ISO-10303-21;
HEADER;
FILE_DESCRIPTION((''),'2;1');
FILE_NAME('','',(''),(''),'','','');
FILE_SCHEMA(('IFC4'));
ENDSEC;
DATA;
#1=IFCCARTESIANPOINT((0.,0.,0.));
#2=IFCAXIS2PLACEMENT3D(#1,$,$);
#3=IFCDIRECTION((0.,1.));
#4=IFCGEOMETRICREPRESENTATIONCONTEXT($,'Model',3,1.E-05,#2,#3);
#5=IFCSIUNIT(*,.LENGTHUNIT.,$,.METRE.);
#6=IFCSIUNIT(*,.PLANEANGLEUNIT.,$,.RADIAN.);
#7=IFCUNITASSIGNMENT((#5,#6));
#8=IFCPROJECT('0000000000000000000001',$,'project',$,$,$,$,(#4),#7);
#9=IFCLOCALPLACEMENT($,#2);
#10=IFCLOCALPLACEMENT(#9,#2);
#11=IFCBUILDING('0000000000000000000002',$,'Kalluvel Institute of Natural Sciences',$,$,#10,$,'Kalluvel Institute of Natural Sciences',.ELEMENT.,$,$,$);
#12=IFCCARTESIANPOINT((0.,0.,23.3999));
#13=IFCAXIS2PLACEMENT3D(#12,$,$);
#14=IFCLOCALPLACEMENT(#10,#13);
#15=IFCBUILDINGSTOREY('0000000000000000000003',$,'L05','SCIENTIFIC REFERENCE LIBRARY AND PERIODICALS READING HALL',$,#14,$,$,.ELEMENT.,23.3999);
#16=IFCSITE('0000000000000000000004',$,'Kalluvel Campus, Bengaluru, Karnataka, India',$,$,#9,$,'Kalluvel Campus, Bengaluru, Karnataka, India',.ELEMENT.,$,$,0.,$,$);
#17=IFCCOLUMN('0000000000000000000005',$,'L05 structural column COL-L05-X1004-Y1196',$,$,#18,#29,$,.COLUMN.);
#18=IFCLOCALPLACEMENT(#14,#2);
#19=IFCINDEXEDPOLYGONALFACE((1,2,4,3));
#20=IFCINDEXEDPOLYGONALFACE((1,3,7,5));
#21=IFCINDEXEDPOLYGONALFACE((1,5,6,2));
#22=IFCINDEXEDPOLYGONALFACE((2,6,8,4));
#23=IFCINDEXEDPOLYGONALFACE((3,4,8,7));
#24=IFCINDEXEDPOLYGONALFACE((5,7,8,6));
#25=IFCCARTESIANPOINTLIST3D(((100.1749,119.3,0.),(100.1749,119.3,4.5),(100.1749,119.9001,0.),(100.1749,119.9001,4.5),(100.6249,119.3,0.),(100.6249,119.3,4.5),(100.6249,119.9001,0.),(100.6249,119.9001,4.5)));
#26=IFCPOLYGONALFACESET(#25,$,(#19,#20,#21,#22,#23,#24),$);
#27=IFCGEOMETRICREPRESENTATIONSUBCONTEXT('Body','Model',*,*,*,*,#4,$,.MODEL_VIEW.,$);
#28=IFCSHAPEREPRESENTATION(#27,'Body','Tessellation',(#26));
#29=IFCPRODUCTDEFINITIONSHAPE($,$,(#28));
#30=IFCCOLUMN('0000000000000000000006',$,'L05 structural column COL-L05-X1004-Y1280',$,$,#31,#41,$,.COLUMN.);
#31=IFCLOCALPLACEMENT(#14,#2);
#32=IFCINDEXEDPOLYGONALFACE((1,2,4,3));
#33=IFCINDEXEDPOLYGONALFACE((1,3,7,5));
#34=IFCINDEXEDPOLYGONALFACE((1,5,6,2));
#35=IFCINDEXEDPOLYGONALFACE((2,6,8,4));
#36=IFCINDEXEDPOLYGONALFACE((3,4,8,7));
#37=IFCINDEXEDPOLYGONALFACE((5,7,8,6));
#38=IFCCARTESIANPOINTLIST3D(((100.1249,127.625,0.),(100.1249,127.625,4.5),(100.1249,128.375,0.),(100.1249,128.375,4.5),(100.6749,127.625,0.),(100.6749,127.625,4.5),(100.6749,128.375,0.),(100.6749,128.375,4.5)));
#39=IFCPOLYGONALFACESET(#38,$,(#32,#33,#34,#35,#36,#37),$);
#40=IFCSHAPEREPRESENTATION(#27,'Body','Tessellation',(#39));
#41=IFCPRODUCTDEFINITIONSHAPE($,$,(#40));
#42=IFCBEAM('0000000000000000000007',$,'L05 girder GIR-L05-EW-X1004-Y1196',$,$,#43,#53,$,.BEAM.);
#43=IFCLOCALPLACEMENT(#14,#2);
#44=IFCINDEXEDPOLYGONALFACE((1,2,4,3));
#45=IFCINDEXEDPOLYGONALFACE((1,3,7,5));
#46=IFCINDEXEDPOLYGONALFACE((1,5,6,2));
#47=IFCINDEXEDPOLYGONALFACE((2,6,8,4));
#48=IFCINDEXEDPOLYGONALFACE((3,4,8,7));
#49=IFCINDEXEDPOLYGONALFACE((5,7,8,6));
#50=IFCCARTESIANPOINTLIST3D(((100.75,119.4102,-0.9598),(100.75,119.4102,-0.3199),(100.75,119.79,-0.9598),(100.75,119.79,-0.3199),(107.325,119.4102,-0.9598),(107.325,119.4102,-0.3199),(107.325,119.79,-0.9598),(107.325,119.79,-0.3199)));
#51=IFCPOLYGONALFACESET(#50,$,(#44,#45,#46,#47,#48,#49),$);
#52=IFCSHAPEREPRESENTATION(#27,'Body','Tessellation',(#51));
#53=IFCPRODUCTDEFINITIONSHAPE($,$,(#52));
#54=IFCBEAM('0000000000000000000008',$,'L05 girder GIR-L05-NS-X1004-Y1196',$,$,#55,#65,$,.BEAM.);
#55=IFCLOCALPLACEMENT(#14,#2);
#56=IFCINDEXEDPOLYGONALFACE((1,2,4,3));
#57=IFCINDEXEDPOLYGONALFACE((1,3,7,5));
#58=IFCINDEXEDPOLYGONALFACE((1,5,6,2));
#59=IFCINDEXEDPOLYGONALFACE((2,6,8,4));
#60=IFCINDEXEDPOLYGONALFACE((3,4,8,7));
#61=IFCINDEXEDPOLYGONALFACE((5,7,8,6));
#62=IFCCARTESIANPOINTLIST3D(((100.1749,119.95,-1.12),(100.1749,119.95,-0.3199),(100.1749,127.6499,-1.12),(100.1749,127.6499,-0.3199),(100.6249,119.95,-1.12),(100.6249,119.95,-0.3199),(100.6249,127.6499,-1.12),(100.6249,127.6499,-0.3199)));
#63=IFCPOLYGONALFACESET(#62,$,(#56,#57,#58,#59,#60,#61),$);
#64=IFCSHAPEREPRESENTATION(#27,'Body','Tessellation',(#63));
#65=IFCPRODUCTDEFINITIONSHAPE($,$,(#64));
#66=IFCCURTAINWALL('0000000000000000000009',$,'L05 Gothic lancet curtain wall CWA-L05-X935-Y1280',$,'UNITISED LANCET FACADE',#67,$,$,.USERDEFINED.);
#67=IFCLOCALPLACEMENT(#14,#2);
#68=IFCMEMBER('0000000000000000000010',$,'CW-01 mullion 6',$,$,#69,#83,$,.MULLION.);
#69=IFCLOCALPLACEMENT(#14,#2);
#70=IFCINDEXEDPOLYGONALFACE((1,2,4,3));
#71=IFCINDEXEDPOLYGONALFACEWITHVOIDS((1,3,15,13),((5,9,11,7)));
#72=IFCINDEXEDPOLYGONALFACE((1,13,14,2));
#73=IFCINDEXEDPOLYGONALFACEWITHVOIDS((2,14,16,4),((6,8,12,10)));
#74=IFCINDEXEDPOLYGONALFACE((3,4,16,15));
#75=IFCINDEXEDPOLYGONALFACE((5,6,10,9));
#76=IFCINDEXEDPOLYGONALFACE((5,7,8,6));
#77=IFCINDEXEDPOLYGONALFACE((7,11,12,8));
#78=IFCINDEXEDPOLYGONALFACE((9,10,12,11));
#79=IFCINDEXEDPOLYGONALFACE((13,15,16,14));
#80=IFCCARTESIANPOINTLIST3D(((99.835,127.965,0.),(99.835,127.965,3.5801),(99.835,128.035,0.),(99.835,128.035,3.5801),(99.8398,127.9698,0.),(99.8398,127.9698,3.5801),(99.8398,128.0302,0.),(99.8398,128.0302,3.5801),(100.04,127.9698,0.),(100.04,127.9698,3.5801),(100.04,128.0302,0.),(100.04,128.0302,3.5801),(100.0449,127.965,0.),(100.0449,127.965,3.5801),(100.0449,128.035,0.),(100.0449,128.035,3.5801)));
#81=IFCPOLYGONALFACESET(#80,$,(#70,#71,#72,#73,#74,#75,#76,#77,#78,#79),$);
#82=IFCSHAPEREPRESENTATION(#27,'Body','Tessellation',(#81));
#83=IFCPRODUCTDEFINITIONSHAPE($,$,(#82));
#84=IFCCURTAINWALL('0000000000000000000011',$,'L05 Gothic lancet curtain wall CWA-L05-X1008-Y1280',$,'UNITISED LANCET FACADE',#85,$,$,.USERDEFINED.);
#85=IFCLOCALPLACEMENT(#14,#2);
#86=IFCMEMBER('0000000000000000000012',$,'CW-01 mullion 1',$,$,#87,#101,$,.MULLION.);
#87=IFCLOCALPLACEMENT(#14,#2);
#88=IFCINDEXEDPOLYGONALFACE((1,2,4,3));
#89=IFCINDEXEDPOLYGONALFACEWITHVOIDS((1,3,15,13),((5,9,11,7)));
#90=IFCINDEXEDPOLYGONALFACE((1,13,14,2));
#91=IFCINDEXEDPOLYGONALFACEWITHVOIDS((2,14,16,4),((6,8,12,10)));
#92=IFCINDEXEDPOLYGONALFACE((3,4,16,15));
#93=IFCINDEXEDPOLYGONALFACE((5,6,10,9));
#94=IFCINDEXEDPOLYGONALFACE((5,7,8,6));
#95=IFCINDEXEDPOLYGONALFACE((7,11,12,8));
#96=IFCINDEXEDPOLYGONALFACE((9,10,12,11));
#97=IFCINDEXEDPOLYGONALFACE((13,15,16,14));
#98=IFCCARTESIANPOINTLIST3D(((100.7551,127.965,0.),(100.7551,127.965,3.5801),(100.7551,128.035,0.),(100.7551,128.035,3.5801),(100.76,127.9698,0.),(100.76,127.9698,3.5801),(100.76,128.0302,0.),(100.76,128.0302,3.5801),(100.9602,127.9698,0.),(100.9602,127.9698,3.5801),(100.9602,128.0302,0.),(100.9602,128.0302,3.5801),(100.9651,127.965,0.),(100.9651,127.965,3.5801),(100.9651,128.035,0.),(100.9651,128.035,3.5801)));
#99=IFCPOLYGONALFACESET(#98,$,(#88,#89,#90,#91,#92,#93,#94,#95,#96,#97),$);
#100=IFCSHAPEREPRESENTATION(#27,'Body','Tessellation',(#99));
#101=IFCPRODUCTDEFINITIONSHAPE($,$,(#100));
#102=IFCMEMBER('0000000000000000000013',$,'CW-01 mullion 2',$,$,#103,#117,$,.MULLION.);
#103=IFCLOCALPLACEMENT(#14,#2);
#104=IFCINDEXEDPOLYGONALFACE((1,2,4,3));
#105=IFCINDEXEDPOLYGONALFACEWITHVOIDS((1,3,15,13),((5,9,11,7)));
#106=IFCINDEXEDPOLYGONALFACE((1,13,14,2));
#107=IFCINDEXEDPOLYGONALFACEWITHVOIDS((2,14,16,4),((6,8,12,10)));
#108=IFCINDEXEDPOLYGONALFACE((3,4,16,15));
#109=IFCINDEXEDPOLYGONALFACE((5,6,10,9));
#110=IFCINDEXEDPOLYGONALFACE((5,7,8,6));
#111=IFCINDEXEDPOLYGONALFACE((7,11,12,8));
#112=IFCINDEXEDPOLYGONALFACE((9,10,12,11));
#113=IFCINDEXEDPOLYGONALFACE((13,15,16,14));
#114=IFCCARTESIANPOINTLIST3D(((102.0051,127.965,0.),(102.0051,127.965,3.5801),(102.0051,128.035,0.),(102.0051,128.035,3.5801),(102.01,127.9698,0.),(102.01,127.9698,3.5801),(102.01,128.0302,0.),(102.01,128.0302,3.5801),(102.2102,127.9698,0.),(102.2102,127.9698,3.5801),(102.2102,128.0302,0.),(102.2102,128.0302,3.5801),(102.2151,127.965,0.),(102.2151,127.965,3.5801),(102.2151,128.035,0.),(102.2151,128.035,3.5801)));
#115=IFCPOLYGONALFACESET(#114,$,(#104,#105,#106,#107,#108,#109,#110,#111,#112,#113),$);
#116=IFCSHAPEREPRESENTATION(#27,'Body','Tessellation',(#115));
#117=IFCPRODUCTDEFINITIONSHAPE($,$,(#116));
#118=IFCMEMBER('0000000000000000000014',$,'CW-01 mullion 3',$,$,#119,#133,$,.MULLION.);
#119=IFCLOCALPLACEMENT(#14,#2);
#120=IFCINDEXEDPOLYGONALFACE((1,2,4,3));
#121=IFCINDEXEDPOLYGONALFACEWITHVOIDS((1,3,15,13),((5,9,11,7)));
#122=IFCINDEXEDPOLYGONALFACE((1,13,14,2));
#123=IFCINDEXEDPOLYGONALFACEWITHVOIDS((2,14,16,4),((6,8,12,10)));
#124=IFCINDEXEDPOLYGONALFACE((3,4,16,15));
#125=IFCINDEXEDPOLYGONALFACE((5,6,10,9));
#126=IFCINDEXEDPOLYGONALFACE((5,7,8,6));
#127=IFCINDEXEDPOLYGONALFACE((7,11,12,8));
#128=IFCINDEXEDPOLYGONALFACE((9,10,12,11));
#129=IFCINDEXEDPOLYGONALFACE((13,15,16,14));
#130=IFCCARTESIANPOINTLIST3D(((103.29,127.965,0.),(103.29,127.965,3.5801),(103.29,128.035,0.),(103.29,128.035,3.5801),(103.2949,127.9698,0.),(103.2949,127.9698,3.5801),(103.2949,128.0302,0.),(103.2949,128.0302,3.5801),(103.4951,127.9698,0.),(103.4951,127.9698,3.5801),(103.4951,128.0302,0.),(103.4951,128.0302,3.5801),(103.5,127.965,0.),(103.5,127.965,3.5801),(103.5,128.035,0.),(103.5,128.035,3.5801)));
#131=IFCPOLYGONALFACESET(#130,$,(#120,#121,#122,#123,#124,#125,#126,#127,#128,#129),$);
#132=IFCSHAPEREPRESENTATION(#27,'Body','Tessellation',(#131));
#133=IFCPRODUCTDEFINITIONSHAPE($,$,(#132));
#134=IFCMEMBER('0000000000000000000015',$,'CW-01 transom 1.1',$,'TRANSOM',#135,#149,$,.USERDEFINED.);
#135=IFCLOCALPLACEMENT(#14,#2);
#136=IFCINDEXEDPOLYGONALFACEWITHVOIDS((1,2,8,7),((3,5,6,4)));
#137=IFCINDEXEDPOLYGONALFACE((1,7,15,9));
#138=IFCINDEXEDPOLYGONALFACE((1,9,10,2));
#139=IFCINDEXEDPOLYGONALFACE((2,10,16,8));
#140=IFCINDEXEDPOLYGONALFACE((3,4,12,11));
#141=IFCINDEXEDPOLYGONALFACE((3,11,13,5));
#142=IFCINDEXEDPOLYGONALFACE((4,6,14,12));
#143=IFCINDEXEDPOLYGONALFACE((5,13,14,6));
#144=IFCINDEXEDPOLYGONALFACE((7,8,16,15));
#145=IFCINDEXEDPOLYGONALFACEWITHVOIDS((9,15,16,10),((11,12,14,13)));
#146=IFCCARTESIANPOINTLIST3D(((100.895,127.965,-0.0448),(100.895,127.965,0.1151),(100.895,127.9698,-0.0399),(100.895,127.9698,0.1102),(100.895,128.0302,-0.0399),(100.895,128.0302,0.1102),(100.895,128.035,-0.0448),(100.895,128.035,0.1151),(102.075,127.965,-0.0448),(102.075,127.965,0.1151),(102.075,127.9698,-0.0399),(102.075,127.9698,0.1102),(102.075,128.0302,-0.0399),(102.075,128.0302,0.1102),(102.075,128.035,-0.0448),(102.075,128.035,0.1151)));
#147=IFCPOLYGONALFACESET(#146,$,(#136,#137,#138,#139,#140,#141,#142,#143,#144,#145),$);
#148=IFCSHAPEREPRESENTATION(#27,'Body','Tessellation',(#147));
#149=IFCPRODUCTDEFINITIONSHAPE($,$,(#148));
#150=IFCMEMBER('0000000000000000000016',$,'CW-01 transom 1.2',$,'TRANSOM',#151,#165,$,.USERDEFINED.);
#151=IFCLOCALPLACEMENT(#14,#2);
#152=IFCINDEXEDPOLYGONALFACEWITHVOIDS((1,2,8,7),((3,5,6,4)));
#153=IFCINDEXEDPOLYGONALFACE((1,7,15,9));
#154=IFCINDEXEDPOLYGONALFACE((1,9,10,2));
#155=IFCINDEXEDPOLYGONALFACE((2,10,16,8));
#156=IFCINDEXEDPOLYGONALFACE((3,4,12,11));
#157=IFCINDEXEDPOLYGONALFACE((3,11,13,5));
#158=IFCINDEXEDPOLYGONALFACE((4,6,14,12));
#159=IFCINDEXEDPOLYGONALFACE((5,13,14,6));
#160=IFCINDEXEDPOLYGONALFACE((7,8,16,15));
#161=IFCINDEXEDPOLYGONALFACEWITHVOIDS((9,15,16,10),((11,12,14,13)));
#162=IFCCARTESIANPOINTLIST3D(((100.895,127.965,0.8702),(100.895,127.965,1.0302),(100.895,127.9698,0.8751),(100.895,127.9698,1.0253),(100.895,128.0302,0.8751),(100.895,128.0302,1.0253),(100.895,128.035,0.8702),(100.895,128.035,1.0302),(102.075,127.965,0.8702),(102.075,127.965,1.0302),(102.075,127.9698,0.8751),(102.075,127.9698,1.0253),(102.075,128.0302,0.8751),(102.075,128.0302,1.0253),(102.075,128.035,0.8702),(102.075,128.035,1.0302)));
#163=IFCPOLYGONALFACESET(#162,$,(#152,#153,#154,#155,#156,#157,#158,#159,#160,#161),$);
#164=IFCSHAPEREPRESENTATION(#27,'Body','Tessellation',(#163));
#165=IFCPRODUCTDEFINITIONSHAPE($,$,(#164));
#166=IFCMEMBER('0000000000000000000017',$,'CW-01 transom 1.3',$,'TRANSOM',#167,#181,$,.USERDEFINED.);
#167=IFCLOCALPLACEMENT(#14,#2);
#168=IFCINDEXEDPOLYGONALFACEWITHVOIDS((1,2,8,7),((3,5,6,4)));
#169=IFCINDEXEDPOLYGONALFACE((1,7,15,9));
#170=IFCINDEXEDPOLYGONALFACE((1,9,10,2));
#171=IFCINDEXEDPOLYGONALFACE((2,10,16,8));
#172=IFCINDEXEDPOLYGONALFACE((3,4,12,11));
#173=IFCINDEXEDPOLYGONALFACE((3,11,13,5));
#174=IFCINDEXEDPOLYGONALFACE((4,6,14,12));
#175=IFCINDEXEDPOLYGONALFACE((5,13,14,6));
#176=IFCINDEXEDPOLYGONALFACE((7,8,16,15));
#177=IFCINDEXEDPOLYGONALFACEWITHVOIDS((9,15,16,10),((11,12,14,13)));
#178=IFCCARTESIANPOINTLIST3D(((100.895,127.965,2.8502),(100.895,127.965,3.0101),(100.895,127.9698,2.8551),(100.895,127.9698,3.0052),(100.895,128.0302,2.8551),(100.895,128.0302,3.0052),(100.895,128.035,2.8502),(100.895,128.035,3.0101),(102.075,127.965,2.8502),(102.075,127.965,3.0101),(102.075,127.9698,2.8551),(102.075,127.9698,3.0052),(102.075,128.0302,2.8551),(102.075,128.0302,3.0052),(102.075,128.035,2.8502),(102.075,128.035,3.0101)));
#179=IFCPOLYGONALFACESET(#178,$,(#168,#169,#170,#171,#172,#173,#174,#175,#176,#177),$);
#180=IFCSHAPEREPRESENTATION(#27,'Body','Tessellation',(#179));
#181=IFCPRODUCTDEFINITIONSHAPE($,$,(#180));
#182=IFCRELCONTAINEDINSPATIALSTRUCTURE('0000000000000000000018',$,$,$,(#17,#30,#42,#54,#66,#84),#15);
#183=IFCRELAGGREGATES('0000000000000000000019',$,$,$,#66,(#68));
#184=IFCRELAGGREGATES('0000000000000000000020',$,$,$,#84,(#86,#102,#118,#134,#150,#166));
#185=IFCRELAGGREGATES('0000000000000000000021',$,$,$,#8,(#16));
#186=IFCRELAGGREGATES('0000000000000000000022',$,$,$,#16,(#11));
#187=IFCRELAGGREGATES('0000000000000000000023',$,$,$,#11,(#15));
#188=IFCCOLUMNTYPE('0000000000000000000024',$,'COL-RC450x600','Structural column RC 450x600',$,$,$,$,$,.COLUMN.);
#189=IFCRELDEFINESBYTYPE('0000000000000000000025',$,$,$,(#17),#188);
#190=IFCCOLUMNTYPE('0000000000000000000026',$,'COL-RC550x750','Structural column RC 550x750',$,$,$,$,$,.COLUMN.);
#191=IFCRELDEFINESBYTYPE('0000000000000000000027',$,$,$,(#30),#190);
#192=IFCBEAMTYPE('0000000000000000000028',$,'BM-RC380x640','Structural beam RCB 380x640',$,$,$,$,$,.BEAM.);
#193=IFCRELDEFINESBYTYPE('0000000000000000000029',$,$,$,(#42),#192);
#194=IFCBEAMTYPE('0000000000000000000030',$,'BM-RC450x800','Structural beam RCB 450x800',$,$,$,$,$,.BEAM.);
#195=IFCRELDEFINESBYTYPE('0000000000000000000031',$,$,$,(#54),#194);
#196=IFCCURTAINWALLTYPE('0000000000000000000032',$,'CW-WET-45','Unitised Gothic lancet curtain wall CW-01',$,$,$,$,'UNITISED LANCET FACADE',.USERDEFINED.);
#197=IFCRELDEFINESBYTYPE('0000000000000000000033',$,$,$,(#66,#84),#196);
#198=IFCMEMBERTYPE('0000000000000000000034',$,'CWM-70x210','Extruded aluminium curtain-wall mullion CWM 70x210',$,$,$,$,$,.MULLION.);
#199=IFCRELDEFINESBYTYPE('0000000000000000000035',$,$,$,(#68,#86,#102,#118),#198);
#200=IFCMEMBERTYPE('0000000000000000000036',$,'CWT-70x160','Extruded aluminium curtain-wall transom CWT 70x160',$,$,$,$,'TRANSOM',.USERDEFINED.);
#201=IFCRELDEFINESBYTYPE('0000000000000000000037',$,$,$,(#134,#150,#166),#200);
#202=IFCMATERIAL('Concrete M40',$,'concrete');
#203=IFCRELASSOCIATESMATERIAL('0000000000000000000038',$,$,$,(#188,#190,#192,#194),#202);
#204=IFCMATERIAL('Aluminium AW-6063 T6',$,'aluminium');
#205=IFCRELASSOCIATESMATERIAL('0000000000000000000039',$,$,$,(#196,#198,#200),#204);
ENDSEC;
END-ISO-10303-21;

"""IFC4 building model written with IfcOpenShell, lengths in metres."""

from ifc_helpers import new_model, si_unit, direction, frame, origin, origin_2d, place, context, subcontext, project, spatial, rectangle, hollow_rectangle, extrude, material, material_profile, profile_set, type_object, element, aggregate, save


model = new_model("IFC4")

# Units and contexts
model_context = context("Model", 3, precision=1e-05, world=origin(), true_north=direction((0.0, 1.0)))
body_context = subcontext(model_context, "Body", "Model", "MODEL_VIEW")
ifc_project = project(units=[si_unit("LENGTHUNIT", "METRE"), si_unit("PLANEANGLEUNIT", "RADIAN")], contexts=[model_context])

# Site, building, storey
site_placement = place(None, origin())
site = spatial("IfcSite", under=ifc_project, at=site_placement, Name="Kalluvel Campus, Bengaluru, Karnataka, India", LongName="Kalluvel Campus, Bengaluru, Karnataka, India", CompositionType="ELEMENT", RefElevation=0.0)
building_placement = place(site_placement, origin())
building = spatial("IfcBuilding", under=site, at=building_placement, Name="Kalluvel Institute of Natural Sciences", LongName="Kalluvel Institute of Natural Sciences", CompositionType="ELEMENT")
storey_placement = place(building_placement, frame((0.0, 0.0, 23.3999)))
storey = spatial("IfcBuildingStorey", under=building, at=storey_placement, Name="L05", Description="SCIENTIFIC REFERENCE LIBRARY AND PERIODICALS READING HALL", CompositionType="ELEMENT", Elevation=23.3999)

# Columns
ifc_material_1 = material(Name="Concrete M40", Category="concrete")
ifc_material_profile_1 = material_profile(ifc_material_1, rectangle(XDim=0.45, YDim=0.6001, at=origin_2d()), Name="RC 450x600")
ifc_profile_set_1 = profile_set([ifc_material_profile_1], Name="Concrete M40")
column_type_1 = type_object("IfcColumnType", Name="COL-RC450x600", Description="Structural column RC 450x600", PredefinedType="COLUMN", material=ifc_profile_set_1)
column_1_placement = place(storey_placement, frame((100.3999, 119.6001, 0.0), z_axis=(0.0, 0.0, 1.0), x_axis=(1.0, 0.0, 0.0)))
element("IfcColumn", 1, at=column_1_placement, inside=storey, type_object=column_type_1, Name="L05 structural column COL-L05-X1004-Y1196", PredefinedType="COLUMN", context=body_context, shape_type="SweptSolid", body=[
    extrude(rectangle(XDim=0.45, YDim=0.6001, at=origin_2d()), origin(), (0.0, 0.0, 1.0), 4.5),
])
ifc_material_profile_2 = material_profile(ifc_material_1, rectangle(XDim=0.55, YDim=0.75, at=origin_2d()), Name="RC 550x750")
ifc_profile_set_2 = profile_set([ifc_material_profile_2], Name="Concrete M40")
column_type_2 = type_object("IfcColumnType", Name="COL-RC550x750", Description="Structural column RC 550x750", PredefinedType="COLUMN", material=ifc_profile_set_2)
column_2_placement = place(storey_placement, frame((100.3999, 128.0, 0.0), z_axis=(0.0, 0.0, 1.0), x_axis=(1.0, 0.0, 0.0)))
element("IfcColumn", 2, at=column_2_placement, inside=storey, type_object=column_type_2, Name="L05 structural column COL-L05-X1004-Y1280", PredefinedType="COLUMN", context=body_context, shape_type="SweptSolid", body=[
    extrude(rectangle(XDim=0.55, YDim=0.75, at=origin_2d()), origin(), (0.0, 0.0, 1.0), 4.5),
])

# Beams
ifc_material_profile_3 = material_profile(ifc_material_1, rectangle(XDim=0.3799, YDim=0.6399, at=origin_2d()), Name="RCB 380x640")
ifc_profile_set_3 = profile_set([ifc_material_profile_3], Name="Concrete M40")
beam_type_1 = type_object("IfcBeamType", Name="BM-RC380x640", Description="Structural beam RCB 380x640", PredefinedType="BEAM", material=ifc_profile_set_3)
beam_1_placement = place(storey_placement, frame((100.75, 119.6001, -0.6399), z_axis=(1.0, 0.0, 0.0), x_axis=(0.0, 1.0, 0.0)))
element("IfcBeam", 3, at=beam_1_placement, inside=storey, type_object=beam_type_1, Name="L05 girder GIR-L05-EW-X1004-Y1196", PredefinedType="BEAM", context=body_context, shape_type="SweptSolid", body=[
    extrude(rectangle(XDim=0.3799, YDim=0.6399, at=origin_2d()), origin(), (0.0, 0.0, 1.0), 6.575),
])
ifc_material_profile_4 = material_profile(ifc_material_1, rectangle(XDim=0.45, YDim=0.8, at=origin_2d()), Name="RCB 450x800")
ifc_profile_set_4 = profile_set([ifc_material_profile_4], Name="Concrete M40")
beam_type_2 = type_object("IfcBeamType", Name="BM-RC450x800", Description="Structural beam RCB 450x800", PredefinedType="BEAM", material=ifc_profile_set_4)
beam_2_placement = place(storey_placement, frame((100.3999, 119.95, -0.72), z_axis=(0.0, 1.0, 0.0), x_axis=(-1.0, 0.0, 0.0)))
element("IfcBeam", 4, at=beam_2_placement, inside=storey, type_object=beam_type_2, Name="L05 girder GIR-L05-NS-X1004-Y1196", PredefinedType="BEAM", context=body_context, shape_type="SweptSolid", body=[
    extrude(rectangle(XDim=0.45, YDim=0.8, at=origin_2d()), origin(), (0.0, 0.0, 1.0), 7.7),
])

# Curtain wall, member
ifc_material_2 = material(Name="Aluminium AW-6063 T6", Category="aluminium")
curtain_wall_type = type_object("IfcCurtainWallType", Name="CW-WET-45", Description="Unitised Gothic lancet curtain wall CW-01", ElementType="UNITISED LANCET FACADE", PredefinedType="USERDEFINED", material=ifc_material_2)
curtain_wall_1_placement = place(storey_placement, origin())
curtain_wall_1 = element("IfcCurtainWall", 5, at=curtain_wall_1_placement, inside=storey, type_object=curtain_wall_type, Name="L05 Gothic lancet curtain wall CWA-L05-X935-Y1280", ObjectType="UNITISED LANCET FACADE", PredefinedType="USERDEFINED")
ifc_material_profile_5 = material_profile(ifc_material_2, hollow_rectangle(XDim=0.0701, YDim=0.21, WallThickness=0.0049, at=origin_2d()), Name="CWM 70x210")
ifc_profile_set_5 = profile_set([ifc_material_profile_5], Name="Aluminium AW-6063 T6")
member_type_1 = type_object("IfcMemberType", Name="CWM-70x210", Description="Extruded aluminium curtain-wall mullion CWM 70x210", PredefinedType="MULLION", material=ifc_profile_set_5)
member_1_placement = place(storey_placement, frame((99.9399, 128.0, 0.0), z_axis=(0.0, 0.0, 1.0), x_axis=(0.0, 1.0, 0.0)))
member_1 = element("IfcMember", 6, at=member_1_placement, type_object=member_type_1, Name="CW-01 mullion 6", PredefinedType="MULLION", context=body_context, shape_type="SweptSolid", body=[
    extrude(hollow_rectangle(XDim=0.0701, YDim=0.21, WallThickness=0.0049, at=origin_2d()), origin(), (0.0, 0.0, 1.0), 3.5801),
])

# Curtain wall, members
curtain_wall_2_placement = place(storey_placement, origin())
curtain_wall_2 = element("IfcCurtainWall", 7, at=curtain_wall_2_placement, inside=storey, type_object=curtain_wall_type, Name="L05 Gothic lancet curtain wall CWA-L05-X1008-Y1280", ObjectType="UNITISED LANCET FACADE", PredefinedType="USERDEFINED")
member_2_placement = place(storey_placement, frame((100.8601, 128.0, 0.0), z_axis=(0.0, 0.0, 1.0), x_axis=(0.0, 1.0, 0.0)))
member_2 = element("IfcMember", 8, at=member_2_placement, type_object=member_type_1, Name="CW-01 mullion 1", PredefinedType="MULLION", context=body_context, shape_type="SweptSolid", body=[
    extrude(hollow_rectangle(XDim=0.0701, YDim=0.21, WallThickness=0.0049, at=origin_2d()), origin(), (0.0, 0.0, 1.0), 3.5801),
])
member_3_placement = place(storey_placement, frame((102.1101, 128.0, 0.0), z_axis=(0.0, 0.0, 1.0), x_axis=(0.0, 1.0, 0.0)))
member_3 = element("IfcMember", 9, at=member_3_placement, type_object=member_type_1, Name="CW-01 mullion 2", PredefinedType="MULLION", context=body_context, shape_type="SweptSolid", body=[
    extrude(hollow_rectangle(XDim=0.0701, YDim=0.21, WallThickness=0.0049, at=origin_2d()), origin(), (0.0, 0.0, 1.0), 3.5801),
])
member_4_placement = place(storey_placement, frame((103.395, 128.0, 0.0), z_axis=(0.0, 0.0, 1.0), x_axis=(0.0, 1.0, 0.0)))
member_4 = element("IfcMember", 10, at=member_4_placement, type_object=member_type_1, Name="CW-01 mullion 3", PredefinedType="MULLION", context=body_context, shape_type="SweptSolid", body=[
    extrude(hollow_rectangle(XDim=0.0701, YDim=0.21, WallThickness=0.0049, at=origin_2d()), origin(), (0.0, 0.0, 1.0), 3.5801),
])
ifc_material_profile_6 = material_profile(ifc_material_2, hollow_rectangle(XDim=0.0701, YDim=0.1599, WallThickness=0.0049, at=origin_2d()), Name="CWT 70x160")
ifc_profile_set_6 = profile_set([ifc_material_profile_6], Name="Aluminium AW-6063 T6")
member_type_2 = type_object("IfcMemberType", Name="CWT-70x160", Description="Extruded aluminium curtain-wall transom CWT 70x160", ElementType="TRANSOM", PredefinedType="USERDEFINED", material=ifc_profile_set_6)
member_5_placement = place(storey_placement, frame((100.895, 128.0, 0.0352), z_axis=(1.0, 0.0, 0.0), x_axis=(0.0, 1.0, 0.0)))
member_5 = element("IfcMember", 11, at=member_5_placement, type_object=member_type_2, Name="CW-01 transom 1.1", ObjectType="TRANSOM", PredefinedType="USERDEFINED", context=body_context, shape_type="SweptSolid", body=[
    extrude(hollow_rectangle(XDim=0.0701, YDim=0.1599, WallThickness=0.0049, at=origin_2d()), origin(), (0.0, 0.0, 1.0), 1.1799),
])
member_6_placement = place(storey_placement, frame((100.895, 128.0, 0.9502), z_axis=(1.0, 0.0, 0.0), x_axis=(0.0, 1.0, 0.0)))
member_6 = element("IfcMember", 12, at=member_6_placement, type_object=member_type_2, Name="CW-01 transom 1.2", ObjectType="TRANSOM", PredefinedType="USERDEFINED", context=body_context, shape_type="SweptSolid", body=[
    extrude(hollow_rectangle(XDim=0.0701, YDim=0.1599, WallThickness=0.0049, at=origin_2d()), origin(), (0.0, 0.0, 1.0), 1.1799),
])
member_7_placement = place(storey_placement, frame((100.895, 128.0, 2.9302), z_axis=(1.0, 0.0, 0.0), x_axis=(0.0, 1.0, 0.0)))
member_7 = element("IfcMember", 13, at=member_7_placement, type_object=member_type_2, Name="CW-01 transom 1.3", ObjectType="TRANSOM", PredefinedType="USERDEFINED", context=body_context, shape_type="SweptSolid", body=[
    extrude(hollow_rectangle(XDim=0.0701, YDim=0.1599, WallThickness=0.0049, at=origin_2d()), origin(), (0.0, 0.0, 1.0), 1.1799),
])

aggregate(curtain_wall_1, [member_1])
aggregate(curtain_wall_2, [member_2, member_3, member_4, member_5, member_6, member_7])

save(model, "model.ifc")
